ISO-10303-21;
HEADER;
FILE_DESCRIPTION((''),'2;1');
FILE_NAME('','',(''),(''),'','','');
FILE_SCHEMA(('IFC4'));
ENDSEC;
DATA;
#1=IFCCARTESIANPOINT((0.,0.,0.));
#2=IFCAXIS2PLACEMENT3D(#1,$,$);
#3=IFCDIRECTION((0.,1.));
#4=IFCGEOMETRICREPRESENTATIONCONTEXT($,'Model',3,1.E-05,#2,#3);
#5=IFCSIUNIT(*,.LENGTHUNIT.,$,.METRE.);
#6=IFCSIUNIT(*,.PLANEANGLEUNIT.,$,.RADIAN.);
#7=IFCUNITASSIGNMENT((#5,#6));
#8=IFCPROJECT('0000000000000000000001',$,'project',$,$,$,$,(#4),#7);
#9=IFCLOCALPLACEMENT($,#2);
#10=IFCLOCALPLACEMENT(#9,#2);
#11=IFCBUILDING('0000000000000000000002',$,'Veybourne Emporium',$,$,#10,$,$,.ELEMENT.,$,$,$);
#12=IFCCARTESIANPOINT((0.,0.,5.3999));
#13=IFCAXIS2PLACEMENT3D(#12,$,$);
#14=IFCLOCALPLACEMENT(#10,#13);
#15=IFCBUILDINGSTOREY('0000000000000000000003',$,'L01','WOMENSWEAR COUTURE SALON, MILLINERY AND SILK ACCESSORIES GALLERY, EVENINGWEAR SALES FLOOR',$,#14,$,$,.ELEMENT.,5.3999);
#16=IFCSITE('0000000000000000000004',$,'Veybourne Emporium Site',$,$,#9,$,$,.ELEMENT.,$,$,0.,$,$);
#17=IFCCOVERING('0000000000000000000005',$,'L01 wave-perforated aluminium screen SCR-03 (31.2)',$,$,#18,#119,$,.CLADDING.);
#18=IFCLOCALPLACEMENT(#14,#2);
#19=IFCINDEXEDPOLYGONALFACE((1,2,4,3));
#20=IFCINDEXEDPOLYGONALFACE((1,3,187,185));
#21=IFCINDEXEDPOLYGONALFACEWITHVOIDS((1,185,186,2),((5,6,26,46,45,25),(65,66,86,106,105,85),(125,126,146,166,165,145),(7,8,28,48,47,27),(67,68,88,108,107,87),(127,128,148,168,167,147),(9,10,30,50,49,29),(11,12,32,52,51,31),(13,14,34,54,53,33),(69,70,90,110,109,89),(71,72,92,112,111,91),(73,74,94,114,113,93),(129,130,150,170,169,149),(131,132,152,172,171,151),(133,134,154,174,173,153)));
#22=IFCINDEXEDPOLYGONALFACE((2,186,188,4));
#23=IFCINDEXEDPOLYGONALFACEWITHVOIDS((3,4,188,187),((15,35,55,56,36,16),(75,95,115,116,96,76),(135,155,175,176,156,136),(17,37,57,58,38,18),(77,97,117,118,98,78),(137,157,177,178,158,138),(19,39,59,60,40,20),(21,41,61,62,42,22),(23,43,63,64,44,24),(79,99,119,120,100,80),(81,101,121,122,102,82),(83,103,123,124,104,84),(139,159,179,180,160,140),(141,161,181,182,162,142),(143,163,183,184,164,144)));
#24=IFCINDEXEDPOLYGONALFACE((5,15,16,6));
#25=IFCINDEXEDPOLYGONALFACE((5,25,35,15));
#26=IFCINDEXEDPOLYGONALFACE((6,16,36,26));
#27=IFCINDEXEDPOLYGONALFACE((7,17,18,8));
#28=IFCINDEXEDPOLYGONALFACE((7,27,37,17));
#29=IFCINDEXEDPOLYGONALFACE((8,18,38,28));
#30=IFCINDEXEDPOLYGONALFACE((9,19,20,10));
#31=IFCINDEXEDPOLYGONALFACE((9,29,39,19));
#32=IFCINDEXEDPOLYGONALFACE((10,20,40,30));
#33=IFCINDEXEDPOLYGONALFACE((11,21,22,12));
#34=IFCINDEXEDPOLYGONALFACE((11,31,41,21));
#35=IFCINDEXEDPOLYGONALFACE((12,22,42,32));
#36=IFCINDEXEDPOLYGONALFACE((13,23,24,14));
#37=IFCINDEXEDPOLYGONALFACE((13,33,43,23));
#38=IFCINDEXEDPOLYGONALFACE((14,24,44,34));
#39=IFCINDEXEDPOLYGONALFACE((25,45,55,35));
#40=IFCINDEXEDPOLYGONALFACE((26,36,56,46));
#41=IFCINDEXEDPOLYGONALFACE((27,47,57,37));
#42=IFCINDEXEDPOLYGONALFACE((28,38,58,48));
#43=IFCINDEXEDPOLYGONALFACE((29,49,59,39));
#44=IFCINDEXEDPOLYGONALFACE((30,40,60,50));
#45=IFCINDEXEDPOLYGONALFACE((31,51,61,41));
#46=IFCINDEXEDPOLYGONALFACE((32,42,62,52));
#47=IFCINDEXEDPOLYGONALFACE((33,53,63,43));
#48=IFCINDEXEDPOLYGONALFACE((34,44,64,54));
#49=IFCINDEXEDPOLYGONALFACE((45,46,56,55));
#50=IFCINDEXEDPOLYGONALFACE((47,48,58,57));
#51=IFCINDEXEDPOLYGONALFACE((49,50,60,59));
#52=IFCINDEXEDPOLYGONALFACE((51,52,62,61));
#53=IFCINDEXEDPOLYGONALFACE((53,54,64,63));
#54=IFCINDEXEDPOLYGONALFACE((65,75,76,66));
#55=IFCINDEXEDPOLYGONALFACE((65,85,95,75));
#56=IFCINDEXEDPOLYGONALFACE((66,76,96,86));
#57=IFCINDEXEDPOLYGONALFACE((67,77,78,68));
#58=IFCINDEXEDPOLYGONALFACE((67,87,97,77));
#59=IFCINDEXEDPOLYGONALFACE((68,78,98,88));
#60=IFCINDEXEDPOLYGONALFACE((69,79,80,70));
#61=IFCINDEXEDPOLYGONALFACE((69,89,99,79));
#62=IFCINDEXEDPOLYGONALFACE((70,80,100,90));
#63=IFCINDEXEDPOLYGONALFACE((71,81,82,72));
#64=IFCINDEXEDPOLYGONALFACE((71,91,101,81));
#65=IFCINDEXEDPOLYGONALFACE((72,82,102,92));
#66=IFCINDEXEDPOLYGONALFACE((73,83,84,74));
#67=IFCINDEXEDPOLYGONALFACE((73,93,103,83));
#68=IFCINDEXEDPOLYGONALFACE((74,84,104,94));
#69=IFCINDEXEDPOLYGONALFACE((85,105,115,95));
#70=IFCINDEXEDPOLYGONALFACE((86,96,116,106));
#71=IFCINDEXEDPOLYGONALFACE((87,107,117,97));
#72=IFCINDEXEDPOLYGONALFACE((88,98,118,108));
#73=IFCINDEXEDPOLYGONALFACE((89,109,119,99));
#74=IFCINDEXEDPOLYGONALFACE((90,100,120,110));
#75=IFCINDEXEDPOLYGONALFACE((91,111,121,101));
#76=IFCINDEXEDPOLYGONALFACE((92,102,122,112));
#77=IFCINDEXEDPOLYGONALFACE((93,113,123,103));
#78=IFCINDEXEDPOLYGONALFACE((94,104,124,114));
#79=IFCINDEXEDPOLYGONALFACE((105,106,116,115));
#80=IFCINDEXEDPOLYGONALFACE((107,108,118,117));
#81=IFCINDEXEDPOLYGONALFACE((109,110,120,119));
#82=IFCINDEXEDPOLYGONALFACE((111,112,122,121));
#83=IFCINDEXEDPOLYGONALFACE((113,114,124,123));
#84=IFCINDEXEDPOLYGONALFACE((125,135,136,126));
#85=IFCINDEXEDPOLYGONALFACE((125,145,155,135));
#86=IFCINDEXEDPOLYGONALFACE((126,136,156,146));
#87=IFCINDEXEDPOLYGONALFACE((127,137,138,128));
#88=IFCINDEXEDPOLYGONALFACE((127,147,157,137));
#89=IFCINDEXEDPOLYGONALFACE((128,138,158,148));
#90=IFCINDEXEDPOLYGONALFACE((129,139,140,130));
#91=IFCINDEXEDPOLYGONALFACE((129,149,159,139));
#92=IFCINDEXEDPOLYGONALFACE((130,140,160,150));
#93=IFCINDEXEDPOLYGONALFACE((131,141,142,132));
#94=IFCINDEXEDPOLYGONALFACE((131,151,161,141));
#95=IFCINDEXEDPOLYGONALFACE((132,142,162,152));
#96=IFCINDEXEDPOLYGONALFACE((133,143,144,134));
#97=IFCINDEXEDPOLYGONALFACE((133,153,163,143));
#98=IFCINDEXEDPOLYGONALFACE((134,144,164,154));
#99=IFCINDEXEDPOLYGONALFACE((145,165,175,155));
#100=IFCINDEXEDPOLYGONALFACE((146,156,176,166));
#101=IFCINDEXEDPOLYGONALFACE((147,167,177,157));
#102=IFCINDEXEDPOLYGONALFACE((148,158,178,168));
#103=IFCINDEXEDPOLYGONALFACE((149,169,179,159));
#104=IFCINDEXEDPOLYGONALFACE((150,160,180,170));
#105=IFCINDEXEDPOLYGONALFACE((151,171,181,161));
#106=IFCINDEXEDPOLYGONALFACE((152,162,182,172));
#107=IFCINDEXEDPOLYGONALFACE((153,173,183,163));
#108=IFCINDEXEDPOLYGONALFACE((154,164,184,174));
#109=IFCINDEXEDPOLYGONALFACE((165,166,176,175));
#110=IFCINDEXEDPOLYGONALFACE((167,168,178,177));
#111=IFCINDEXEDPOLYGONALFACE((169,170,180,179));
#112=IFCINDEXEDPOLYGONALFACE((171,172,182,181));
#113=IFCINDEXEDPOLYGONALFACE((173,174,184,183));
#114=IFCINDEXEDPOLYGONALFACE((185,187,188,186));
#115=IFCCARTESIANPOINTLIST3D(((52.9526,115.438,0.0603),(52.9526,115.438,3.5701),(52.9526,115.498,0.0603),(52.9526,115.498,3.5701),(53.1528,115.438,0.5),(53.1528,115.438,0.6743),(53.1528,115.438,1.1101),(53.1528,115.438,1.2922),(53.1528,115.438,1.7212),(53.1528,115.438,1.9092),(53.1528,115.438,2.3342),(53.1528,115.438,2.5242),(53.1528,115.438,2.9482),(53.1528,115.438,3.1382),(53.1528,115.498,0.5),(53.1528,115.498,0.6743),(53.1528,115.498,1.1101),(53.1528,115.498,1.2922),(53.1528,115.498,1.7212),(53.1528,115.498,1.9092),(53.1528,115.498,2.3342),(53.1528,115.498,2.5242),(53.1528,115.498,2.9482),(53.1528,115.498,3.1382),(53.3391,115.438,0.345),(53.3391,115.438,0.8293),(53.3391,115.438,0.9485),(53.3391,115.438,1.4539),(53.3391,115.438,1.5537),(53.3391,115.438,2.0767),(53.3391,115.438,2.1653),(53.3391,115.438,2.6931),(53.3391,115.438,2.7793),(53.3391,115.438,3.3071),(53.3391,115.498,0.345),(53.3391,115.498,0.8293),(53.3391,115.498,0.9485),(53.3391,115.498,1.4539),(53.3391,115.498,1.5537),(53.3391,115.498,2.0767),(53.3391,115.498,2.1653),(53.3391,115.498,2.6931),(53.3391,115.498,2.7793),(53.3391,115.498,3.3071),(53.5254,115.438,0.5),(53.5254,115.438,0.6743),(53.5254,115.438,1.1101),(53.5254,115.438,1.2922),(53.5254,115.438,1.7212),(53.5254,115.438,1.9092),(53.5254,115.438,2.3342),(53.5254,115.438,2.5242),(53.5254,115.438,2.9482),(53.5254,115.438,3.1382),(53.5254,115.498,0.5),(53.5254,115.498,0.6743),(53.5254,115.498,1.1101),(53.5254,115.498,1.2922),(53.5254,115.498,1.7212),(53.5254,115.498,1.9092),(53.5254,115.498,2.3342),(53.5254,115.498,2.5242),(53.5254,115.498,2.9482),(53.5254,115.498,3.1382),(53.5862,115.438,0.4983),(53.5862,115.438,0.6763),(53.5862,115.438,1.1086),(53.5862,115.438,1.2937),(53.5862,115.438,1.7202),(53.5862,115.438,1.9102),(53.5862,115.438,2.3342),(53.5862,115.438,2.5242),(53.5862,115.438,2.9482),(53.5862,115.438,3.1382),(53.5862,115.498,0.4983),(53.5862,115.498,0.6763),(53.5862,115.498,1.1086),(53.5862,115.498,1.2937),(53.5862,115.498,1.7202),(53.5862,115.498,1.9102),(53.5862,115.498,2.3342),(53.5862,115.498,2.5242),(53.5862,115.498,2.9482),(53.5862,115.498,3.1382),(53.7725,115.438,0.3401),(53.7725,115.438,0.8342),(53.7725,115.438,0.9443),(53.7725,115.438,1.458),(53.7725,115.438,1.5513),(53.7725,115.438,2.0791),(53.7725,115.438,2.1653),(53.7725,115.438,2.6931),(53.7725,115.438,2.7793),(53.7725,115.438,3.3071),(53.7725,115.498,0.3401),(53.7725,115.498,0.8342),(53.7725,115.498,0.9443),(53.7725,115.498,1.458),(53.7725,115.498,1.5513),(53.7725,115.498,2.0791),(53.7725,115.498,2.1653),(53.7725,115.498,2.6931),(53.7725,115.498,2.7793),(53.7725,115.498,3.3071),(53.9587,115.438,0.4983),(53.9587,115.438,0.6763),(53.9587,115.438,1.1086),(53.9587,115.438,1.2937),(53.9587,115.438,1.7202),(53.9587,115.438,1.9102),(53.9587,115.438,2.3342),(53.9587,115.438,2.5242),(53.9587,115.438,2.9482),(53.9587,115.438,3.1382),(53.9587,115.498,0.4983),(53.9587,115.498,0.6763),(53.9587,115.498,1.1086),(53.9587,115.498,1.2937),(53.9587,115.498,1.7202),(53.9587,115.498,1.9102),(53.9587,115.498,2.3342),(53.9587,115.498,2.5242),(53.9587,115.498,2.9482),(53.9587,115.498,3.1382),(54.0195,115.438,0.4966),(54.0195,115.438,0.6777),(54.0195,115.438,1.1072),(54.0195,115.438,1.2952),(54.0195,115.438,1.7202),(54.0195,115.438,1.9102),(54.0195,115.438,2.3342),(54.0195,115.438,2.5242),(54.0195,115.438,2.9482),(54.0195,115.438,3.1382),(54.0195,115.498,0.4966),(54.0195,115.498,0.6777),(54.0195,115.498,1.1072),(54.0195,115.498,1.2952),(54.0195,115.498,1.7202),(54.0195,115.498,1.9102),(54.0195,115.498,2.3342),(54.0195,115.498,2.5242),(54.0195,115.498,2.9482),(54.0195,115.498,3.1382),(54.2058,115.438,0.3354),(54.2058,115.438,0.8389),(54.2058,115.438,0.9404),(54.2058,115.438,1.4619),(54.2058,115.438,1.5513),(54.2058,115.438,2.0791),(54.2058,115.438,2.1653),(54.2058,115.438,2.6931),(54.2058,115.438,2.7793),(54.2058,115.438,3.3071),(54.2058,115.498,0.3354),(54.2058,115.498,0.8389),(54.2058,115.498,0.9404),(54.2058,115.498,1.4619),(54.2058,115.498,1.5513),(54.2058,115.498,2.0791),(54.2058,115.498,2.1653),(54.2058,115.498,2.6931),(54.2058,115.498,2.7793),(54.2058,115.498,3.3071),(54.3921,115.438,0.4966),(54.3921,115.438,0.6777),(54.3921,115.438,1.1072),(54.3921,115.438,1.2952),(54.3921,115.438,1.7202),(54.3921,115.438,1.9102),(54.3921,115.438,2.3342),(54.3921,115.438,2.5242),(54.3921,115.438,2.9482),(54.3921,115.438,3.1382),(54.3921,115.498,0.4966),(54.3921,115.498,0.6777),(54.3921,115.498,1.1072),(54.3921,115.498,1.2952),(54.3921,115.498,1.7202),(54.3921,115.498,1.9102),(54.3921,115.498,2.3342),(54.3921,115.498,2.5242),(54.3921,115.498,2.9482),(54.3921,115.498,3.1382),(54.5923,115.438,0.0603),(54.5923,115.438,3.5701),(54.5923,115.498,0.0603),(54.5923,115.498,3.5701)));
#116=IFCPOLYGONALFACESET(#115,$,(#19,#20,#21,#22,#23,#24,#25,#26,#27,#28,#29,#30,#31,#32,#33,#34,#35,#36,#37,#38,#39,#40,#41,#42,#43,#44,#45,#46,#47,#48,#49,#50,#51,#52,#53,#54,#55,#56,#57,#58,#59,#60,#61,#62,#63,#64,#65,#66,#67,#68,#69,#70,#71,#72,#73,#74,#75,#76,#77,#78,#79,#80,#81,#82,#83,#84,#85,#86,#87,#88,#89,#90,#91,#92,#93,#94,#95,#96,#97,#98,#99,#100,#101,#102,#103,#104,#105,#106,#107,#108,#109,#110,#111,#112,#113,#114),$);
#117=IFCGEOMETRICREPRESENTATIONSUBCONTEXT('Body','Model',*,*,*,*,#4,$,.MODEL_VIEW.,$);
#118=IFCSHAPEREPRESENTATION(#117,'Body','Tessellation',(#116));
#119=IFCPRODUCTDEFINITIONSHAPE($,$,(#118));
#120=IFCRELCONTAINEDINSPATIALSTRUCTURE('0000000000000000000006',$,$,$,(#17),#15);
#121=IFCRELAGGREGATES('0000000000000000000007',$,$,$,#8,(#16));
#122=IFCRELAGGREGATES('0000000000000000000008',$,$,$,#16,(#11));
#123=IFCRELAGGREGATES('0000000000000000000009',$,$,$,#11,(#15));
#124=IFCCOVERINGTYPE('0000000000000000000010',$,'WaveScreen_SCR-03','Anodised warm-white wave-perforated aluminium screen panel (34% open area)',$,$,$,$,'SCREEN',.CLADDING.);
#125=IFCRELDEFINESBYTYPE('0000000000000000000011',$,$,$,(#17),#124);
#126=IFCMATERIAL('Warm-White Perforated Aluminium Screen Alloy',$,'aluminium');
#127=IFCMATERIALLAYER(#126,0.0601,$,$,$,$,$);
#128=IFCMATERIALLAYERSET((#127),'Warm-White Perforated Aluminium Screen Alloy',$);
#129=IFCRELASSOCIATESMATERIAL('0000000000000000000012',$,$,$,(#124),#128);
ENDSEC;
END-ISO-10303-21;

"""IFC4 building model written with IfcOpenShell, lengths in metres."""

from ifc_helpers import new_model, si_unit, direction, frame, origin, place, context, subcontext, project, spatial, polyline, outline, extrude, material, layer, layer_set, type_object, element, save


model = new_model("IFC4")

# Units and contexts
model_context = context("Model", 3, precision=1e-05, world=origin(), true_north=direction((0.0, 1.0)))
body_context = subcontext(model_context, "Body", "Model", "MODEL_VIEW")
ifc_project = project(units=[si_unit("LENGTHUNIT", "METRE"), si_unit("PLANEANGLEUNIT", "RADIAN")], contexts=[model_context])

# Site, building, storey
site_placement = place(None, origin())
site = spatial("IfcSite", under=ifc_project, at=site_placement, Name="Veybourne Emporium Site", CompositionType="ELEMENT", RefElevation=0.0)
building_placement = place(site_placement, origin())
building = spatial("IfcBuilding", under=site, at=building_placement, Name="Veybourne Emporium", CompositionType="ELEMENT")
storey_placement = place(building_placement, frame((0.0, 0.0, 5.3999)))
storey = spatial("IfcBuildingStorey", under=building, at=storey_placement, Name="L01", Description="WOMENSWEAR COUTURE SALON, MILLINERY AND SILK ACCESSORIES GALLERY, EVENINGWEAR SALES FLOOR", CompositionType="ELEMENT", Elevation=5.3999)

# Covering
ifc_material_1 = material(Name="Warm-White Perforated Aluminium Screen Alloy", Category="aluminium")
ifc_layer_1 = layer(ifc_material_1, 0.0601)
ifc_layer_set_1 = layer_set([ifc_layer_1], Name="Warm-White Perforated Aluminium Screen Alloy")
covering_type_1 = type_object("IfcCoveringType", Name="WaveScreen_SCR-03", Description="Anodised warm-white wave-perforated aluminium screen panel (34% open area)", ElementType="SCREEN", PredefinedType="CLADDING", material=ifc_layer_set_1)
covering_1_placement = place(storey_placement, frame((53.7725, 115.498, 1.8152), z_axis=(0.0, -1.0, 0.0), x_axis=(1.0, 0.0, 0.0)))
element("IfcCovering", 1, at=covering_1_placement, inside=storey, type_object=covering_type_1, Name="L01 wave-perforated aluminium screen SCR-03 (31.2)", PredefinedType="CLADDING", context=body_context, shape_type="SweptSolid", body=[
    extrude(outline(polyline([(-0.8198, -1.7549), (0.8198, -1.7549), (0.8198, 1.7549), (-0.8198, 1.7549), (-0.8198, -1.7549)]), holes=[polyline([(-0.4333, -0.9858), (-0.2471, -1.1409), (-0.2471, -1.3152), (-0.4333, -1.4702), (-0.6196, -1.3152), (-0.6196, -1.1409), (-0.4333, -0.9858)]), polyline([(-0.4333, -0.3613), (-0.2471, -0.5229), (-0.2471, -0.7051), (-0.4333, -0.8667), (-0.6196, -0.7051), (-0.6196, -0.5229), (-0.4333, -0.3613)]), polyline([(-0.4333, 0.2615), (-0.2471, 0.094), (-0.2471, -0.094), (-0.4333, -0.2615), (-0.6196, -0.094), (-0.6196, 0.094), (-0.4333, 0.2615)]), polyline([(-0.4333, 0.8779), (-0.2471, 0.709), (-0.2471, 0.519), (-0.4333, 0.3501), (-0.6196, 0.519), (-0.6196, 0.709), (-0.4333, 0.8779)]), polyline([(-0.4333, 1.4919), (-0.2471, 1.323), (-0.2471, 1.1331), (-0.4333, 0.9641), (-0.6196, 1.1331), (-0.6196, 1.323), (-0.4333, 1.4919)]), polyline([(0.0, -0.981), (0.1863, -1.1389), (0.1863, -1.3169), (0.0, -1.4751), (-0.1863, -1.3169), (-0.1863, -1.1389), (0.0, -0.981)]), polyline([(0.0, -0.3572), (0.1863, -0.5215), (0.1863, -0.7065), (0.0, -0.8708), (-0.1863, -0.7065), (-0.1863, -0.5215), (0.0, -0.3572)]), polyline([(0.0, 0.2639), (0.1863, 0.095), (0.1863, -0.095), (0.0, -0.2639), (-0.1863, -0.095), (-0.1863, 0.095), (0.0, 0.2639)]), polyline([(0.0, 0.8779), (0.1863, 0.709), (0.1863, 0.519), (0.0, 0.3501), (-0.1863, 0.519), (-0.1863, 0.709), (0.0, 0.8779)]), polyline([(0.0, 1.4919), (0.1863, 1.323), (0.1863, 1.1331), (0.0, 0.9641), (-0.1863, 1.1331), (-0.1863, 1.323), (0.0, 1.4919)]), polyline([(0.4333, -0.9763), (0.6196, -1.1375), (0.6196, -1.3186), (0.4333, -1.4797), (0.2471, -1.3186), (0.2471, -1.1375), (0.4333, -0.9763)]), polyline([(0.4333, -0.3533), (0.6196, -0.52), (0.6196, -0.708), (0.4333, -0.8748), (0.2471, -0.708), (0.2471, -0.52), (0.4333, -0.3533)]), polyline([(0.4333, 0.2639), (0.6196, 0.095), (0.6196, -0.095), (0.4333, -0.2639), (0.2471, -0.095), (0.2471, 0.095), (0.4333, 0.2639)]), polyline([(0.4333, 0.8779), (0.6196, 0.709), (0.6196, 0.519), (0.4333, 0.3501), (0.2471, 0.519), (0.2471, 0.709), (0.4333, 0.8779)]), polyline([(0.4333, 1.4919), (0.6196, 1.323), (0.6196, 1.1331), (0.4333, 0.9641), (0.2471, 1.1331), (0.2471, 1.323), (0.4333, 1.4919)])]), origin(), (0.0, 0.0, 1.0), 0.0601),
])

save(model, "model.ifc")
